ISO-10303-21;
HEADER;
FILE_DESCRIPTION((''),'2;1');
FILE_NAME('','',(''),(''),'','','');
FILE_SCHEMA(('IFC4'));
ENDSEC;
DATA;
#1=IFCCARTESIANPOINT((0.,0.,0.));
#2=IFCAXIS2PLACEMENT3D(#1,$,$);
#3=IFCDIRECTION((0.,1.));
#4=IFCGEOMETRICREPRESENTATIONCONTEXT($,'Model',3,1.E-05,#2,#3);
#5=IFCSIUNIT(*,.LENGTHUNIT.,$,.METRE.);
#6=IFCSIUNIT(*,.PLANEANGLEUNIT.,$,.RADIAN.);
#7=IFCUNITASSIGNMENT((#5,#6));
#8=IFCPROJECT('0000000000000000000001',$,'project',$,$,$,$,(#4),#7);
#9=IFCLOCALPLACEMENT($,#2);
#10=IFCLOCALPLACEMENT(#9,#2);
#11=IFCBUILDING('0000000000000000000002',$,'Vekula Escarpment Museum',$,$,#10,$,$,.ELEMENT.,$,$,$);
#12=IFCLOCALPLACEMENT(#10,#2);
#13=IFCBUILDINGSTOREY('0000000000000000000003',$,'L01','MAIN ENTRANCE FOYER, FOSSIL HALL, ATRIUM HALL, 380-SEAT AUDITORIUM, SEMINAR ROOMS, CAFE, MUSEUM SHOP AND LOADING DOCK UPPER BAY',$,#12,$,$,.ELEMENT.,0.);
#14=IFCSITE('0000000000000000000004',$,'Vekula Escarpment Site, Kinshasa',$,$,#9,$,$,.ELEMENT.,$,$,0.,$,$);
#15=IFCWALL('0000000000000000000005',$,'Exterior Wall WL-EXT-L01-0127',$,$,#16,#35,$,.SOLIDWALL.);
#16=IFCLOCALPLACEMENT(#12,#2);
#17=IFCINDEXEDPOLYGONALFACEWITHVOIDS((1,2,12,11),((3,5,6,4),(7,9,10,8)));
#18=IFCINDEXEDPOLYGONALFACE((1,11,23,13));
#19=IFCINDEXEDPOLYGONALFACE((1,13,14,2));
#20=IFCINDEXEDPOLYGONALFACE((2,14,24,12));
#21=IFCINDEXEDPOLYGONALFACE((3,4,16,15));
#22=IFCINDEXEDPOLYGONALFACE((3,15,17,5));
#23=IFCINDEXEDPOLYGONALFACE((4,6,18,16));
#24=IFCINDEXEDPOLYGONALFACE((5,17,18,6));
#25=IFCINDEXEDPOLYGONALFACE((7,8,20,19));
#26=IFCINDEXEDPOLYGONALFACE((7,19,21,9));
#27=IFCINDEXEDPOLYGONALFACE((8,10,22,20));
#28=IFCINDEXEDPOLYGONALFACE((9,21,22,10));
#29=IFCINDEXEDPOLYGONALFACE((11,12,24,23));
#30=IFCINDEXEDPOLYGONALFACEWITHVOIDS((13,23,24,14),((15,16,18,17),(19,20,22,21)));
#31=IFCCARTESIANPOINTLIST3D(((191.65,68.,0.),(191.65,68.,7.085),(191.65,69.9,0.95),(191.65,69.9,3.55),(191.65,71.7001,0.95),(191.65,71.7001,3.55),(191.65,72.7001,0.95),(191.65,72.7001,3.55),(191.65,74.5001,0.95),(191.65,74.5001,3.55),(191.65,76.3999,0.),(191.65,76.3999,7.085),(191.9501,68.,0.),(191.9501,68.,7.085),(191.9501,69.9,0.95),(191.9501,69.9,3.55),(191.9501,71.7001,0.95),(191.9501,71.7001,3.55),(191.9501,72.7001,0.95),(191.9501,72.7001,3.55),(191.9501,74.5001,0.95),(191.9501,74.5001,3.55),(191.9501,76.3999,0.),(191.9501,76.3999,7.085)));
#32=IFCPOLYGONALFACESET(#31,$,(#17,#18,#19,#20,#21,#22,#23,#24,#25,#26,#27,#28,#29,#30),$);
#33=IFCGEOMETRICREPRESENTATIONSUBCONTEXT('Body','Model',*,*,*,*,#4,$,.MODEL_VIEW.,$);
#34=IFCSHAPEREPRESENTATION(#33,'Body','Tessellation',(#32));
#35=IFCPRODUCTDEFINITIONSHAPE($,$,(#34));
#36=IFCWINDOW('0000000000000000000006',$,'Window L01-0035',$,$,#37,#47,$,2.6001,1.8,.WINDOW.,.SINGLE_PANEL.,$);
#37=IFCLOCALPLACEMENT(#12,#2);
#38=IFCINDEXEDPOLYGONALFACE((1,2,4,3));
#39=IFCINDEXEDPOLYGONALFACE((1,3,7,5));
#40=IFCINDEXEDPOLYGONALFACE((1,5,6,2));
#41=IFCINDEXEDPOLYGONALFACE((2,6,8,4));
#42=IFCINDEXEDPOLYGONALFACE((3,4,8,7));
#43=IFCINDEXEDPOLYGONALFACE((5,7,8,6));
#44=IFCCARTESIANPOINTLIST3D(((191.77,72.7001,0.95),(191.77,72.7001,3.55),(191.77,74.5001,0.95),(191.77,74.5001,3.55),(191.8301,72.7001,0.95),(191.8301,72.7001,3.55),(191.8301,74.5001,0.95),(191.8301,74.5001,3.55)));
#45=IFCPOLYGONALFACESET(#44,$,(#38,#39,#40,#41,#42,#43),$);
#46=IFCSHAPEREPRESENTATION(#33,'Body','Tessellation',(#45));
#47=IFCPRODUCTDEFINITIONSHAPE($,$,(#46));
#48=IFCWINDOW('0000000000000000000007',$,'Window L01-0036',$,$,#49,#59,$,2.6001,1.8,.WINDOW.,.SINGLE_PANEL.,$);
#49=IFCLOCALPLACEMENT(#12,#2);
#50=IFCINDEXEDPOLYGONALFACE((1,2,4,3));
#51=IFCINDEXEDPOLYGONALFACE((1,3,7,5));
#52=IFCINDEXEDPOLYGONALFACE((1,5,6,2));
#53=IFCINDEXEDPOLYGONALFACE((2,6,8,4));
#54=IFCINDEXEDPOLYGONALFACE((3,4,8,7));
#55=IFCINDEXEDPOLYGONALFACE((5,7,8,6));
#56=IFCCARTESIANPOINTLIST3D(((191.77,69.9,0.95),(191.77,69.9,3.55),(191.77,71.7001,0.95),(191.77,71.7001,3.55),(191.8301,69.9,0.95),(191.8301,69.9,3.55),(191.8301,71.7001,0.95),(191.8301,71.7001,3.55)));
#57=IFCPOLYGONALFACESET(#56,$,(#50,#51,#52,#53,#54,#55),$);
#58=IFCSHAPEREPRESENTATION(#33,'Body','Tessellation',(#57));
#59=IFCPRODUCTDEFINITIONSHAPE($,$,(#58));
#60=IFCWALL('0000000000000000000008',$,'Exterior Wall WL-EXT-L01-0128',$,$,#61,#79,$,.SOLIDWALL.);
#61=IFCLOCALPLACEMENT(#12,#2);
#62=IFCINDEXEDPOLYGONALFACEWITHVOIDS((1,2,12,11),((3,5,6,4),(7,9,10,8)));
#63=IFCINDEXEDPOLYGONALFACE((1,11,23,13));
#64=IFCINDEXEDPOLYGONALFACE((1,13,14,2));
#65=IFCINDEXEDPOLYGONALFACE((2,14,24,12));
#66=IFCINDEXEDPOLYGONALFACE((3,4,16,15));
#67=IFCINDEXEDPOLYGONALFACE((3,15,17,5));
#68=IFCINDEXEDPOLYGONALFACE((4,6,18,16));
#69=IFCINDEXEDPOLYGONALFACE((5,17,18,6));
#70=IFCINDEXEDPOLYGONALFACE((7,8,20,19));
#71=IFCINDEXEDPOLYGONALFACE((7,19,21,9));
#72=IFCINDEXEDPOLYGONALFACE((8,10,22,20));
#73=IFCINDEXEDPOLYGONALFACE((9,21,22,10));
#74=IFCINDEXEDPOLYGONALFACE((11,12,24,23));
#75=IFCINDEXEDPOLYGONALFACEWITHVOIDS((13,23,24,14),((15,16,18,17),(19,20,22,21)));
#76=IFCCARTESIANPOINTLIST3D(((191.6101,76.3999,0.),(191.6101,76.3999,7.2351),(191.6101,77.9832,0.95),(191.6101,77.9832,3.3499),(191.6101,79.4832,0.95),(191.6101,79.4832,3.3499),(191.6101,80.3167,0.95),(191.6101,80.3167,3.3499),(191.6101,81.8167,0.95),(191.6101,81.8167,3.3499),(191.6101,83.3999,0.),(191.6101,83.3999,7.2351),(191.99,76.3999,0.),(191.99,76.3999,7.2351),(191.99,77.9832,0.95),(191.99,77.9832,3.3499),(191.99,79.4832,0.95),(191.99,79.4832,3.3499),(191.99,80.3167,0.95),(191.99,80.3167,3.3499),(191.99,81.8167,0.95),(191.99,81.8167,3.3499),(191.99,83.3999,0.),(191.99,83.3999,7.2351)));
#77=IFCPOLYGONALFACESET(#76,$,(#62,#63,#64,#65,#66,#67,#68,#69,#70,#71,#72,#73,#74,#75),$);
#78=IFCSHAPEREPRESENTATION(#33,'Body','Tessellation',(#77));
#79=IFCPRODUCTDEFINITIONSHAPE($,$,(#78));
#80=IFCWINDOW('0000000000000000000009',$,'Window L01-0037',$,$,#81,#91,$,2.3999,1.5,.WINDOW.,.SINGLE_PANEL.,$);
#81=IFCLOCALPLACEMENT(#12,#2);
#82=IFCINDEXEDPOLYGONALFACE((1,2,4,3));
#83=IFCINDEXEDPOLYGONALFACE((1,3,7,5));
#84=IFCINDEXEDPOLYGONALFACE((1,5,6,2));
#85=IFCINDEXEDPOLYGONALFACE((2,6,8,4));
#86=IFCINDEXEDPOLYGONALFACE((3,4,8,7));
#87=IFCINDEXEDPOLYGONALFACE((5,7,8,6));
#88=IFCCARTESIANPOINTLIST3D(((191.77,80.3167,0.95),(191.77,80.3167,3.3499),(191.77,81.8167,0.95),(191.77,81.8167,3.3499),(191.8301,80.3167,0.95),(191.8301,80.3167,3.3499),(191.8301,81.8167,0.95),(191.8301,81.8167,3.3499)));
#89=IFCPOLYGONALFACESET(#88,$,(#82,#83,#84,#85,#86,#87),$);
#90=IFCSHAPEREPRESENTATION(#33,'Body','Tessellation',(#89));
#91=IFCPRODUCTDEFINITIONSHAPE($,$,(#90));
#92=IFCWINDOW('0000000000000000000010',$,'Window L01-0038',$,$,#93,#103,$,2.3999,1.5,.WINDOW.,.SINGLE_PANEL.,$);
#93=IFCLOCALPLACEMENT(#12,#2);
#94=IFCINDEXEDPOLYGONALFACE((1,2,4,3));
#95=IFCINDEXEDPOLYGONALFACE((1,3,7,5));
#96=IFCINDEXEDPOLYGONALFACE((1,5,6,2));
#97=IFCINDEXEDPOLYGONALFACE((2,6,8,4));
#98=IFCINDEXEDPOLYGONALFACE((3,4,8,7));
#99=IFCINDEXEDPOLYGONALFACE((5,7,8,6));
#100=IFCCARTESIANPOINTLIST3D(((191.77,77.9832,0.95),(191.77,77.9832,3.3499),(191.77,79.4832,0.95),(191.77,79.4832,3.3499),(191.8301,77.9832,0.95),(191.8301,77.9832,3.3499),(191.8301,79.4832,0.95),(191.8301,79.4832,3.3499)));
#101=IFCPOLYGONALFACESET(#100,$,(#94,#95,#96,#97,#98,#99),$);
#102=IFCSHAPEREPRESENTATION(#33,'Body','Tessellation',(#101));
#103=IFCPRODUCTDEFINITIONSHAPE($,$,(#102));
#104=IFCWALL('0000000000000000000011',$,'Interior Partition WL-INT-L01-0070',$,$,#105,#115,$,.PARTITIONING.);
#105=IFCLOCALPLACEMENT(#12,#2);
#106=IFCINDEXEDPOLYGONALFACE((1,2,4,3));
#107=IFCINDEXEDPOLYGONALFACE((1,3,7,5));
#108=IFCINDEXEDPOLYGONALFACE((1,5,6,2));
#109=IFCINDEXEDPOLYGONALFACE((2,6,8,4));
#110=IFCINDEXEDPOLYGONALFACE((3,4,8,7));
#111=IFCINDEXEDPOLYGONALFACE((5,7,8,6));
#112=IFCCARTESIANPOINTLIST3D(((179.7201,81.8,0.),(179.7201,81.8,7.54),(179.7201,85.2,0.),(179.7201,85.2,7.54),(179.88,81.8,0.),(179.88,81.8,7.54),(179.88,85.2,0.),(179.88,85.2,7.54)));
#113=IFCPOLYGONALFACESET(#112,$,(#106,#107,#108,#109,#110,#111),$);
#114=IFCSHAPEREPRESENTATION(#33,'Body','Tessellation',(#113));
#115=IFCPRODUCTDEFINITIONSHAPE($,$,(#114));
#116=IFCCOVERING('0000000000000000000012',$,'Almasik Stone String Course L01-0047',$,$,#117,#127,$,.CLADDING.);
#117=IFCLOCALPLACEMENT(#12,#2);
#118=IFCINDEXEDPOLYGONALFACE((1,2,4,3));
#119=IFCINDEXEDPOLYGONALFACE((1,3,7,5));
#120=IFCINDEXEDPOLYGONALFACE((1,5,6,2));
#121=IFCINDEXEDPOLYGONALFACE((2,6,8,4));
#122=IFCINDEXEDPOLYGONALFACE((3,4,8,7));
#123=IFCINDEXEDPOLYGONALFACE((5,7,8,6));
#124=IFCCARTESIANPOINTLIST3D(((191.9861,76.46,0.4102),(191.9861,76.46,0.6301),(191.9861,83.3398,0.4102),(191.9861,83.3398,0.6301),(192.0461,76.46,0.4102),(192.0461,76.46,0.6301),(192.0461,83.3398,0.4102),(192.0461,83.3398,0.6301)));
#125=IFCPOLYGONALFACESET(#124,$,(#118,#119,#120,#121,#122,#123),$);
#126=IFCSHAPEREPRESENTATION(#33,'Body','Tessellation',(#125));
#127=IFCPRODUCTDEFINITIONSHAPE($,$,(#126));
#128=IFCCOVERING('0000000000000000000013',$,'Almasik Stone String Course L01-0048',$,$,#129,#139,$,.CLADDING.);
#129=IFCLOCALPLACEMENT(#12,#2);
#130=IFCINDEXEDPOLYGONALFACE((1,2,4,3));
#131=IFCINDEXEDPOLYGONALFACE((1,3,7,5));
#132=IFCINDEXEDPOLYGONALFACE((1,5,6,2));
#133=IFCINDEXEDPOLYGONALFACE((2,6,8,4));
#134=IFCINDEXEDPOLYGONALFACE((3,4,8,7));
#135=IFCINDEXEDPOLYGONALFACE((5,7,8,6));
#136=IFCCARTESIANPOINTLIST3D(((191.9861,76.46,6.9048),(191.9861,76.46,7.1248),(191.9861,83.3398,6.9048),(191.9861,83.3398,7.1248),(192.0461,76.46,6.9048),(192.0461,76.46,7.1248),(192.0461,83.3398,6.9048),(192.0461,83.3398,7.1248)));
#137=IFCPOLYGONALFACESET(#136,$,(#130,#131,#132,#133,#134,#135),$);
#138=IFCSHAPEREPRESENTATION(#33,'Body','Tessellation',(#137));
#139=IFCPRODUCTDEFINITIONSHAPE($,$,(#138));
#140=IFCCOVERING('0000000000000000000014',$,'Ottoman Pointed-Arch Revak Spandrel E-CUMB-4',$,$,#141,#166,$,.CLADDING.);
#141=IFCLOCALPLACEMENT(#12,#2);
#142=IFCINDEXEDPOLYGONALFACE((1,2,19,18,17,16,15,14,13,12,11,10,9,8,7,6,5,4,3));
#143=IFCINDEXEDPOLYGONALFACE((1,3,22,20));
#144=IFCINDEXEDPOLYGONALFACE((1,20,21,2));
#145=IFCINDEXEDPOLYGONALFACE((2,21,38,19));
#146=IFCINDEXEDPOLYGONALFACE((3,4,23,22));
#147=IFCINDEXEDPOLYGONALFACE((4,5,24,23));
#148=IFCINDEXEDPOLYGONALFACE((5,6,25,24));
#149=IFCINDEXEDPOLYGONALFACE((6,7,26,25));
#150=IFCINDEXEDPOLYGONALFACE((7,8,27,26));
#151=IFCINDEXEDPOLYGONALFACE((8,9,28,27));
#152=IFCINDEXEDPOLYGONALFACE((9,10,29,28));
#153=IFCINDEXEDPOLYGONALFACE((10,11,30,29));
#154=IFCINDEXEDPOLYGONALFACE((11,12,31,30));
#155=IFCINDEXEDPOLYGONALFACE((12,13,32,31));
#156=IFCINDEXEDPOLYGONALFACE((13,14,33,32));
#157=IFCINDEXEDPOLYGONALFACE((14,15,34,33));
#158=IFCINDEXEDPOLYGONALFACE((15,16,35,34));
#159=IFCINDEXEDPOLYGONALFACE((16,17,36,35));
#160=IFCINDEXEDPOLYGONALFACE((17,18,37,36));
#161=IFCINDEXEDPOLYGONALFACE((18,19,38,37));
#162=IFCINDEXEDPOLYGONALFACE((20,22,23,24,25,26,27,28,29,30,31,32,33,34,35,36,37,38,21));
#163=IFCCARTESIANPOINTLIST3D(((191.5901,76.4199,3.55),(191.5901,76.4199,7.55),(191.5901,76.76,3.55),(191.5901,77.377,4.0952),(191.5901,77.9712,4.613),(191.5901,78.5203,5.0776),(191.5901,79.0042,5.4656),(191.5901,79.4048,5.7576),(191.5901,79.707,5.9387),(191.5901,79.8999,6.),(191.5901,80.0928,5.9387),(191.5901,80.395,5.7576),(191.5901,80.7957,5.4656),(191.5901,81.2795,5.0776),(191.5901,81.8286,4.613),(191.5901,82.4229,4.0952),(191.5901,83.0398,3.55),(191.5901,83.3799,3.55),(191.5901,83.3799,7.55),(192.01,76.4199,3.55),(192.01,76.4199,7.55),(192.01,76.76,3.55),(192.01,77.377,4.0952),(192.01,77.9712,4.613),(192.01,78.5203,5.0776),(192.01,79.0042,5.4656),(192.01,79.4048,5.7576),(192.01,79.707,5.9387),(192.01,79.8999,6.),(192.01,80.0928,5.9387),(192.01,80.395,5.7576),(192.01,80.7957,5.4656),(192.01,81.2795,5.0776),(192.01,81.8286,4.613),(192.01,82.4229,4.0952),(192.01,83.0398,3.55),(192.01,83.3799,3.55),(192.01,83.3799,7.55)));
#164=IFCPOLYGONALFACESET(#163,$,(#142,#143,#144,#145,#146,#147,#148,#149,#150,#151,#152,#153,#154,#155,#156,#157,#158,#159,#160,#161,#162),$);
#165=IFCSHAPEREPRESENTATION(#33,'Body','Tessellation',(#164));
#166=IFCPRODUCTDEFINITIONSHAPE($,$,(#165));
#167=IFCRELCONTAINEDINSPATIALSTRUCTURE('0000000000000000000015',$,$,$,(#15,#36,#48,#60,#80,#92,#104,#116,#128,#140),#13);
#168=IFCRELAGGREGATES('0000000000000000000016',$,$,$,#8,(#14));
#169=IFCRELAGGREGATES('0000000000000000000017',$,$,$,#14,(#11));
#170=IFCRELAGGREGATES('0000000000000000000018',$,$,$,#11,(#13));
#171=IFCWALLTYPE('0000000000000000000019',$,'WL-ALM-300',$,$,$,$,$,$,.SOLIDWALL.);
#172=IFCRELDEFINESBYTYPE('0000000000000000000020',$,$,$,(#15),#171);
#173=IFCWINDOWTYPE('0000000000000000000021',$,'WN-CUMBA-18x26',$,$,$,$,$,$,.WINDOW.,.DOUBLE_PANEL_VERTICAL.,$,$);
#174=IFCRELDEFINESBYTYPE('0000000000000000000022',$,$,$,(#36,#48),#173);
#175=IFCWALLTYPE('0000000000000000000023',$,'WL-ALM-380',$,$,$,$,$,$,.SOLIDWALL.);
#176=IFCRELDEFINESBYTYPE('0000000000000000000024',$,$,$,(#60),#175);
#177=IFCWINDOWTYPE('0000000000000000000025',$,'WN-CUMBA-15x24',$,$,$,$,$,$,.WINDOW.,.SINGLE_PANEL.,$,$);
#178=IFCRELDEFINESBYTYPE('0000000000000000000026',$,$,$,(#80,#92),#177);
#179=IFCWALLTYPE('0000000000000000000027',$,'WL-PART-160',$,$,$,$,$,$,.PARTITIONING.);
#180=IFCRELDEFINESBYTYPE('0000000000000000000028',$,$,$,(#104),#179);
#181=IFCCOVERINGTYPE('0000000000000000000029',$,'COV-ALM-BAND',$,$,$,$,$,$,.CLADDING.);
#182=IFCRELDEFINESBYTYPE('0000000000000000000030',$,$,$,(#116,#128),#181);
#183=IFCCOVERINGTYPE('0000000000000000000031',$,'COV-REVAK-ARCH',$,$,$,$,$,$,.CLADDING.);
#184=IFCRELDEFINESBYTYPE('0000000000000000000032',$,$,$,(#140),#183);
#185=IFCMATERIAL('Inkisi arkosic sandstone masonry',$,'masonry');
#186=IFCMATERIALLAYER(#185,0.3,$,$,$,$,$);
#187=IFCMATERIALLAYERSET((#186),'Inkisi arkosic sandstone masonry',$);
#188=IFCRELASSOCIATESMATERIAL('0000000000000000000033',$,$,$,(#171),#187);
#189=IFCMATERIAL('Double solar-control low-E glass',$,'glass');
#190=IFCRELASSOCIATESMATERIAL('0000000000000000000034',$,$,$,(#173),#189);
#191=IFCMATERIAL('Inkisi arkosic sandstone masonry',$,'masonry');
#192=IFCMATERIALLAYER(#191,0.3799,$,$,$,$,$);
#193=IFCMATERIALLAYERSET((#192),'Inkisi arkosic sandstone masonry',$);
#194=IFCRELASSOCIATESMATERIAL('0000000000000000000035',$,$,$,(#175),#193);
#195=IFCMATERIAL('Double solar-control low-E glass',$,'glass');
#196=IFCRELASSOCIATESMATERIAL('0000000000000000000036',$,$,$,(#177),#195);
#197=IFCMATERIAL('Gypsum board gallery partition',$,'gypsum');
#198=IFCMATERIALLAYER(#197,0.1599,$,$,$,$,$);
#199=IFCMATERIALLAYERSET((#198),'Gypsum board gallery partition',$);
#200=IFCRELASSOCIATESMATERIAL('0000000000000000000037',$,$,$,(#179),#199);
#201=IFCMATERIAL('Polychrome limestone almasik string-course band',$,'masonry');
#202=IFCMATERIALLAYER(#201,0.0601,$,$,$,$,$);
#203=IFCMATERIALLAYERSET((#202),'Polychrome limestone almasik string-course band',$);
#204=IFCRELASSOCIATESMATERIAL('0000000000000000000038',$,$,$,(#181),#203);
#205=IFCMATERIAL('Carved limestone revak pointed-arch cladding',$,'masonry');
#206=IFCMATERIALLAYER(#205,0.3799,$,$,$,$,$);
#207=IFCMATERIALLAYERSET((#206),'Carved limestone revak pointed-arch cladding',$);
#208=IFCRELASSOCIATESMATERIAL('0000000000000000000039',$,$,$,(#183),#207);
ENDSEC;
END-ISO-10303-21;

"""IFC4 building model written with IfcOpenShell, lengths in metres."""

from ifc_helpers import new_model, si_unit, direction, frame, frame_2d, origin, origin_2d, place, context, subcontext, project, spatial, polyline, rectangle, outline, extrude, material, layer, layer_set, type_object, element, fill, save


model = new_model("IFC4")

# Units and contexts
model_context = context("Model", 3, precision=1e-05, world=origin(), true_north=direction((0.0, 1.0)))
body_context = subcontext(model_context, "Body", "Model", "MODEL_VIEW")
ifc_project = project(units=[si_unit("LENGTHUNIT", "METRE"), si_unit("PLANEANGLEUNIT", "RADIAN")], contexts=[model_context])

# Site, building, storey
site_placement = place(None, origin())
site = spatial("IfcSite", under=ifc_project, at=site_placement, Name="Vekula Escarpment Site, Kinshasa", CompositionType="ELEMENT", RefElevation=0.0)
building_placement = place(site_placement, origin())
building = spatial("IfcBuilding", under=site, at=building_placement, Name="Vekula Escarpment Museum", CompositionType="ELEMENT")
storey_placement = place(building_placement, origin())
storey = spatial("IfcBuildingStorey", under=building, at=storey_placement, Name="L01", Description="MAIN ENTRANCE FOYER, FOSSIL HALL, ATRIUM HALL, 380-SEAT AUDITORIUM, SEMINAR ROOMS, CAFE, MUSEUM SHOP AND LOADING DOCK UPPER BAY", CompositionType="ELEMENT", Elevation=0.0)

# Walls, openings, windows
ifc_material_1 = material(Name="Inkisi arkosic sandstone masonry", Category="masonry")
ifc_layer_1 = layer(ifc_material_1, 0.3)
ifc_layer_set_1 = layer_set([ifc_layer_1], Name="Inkisi arkosic sandstone masonry")
wall_type_1 = type_object("IfcWallType", Name="WL-ALM-300", PredefinedType="SOLIDWALL", material=ifc_layer_set_1)
wall_1_placement = place(storey_placement, frame((191.8, 76.3999, 0.0), z_axis=(0.0, 0.0, 1.0), x_axis=(0.0, -1.0, 0.0)))
wall_1 = element("IfcWall", 1, at=wall_1_placement, inside=storey, type_object=wall_type_1, Name="Exterior Wall WL-EXT-L01-0127", PredefinedType="SOLIDWALL", context=body_context, shape_type="SweptSolid", body=[
    extrude(rectangle(XDim=8.3999, YDim=0.3, at=frame_2d((4.2, 0.0))), origin(), (0.0, 0.0, 1.0), 7.085),
])
opening_1_placement = place(wall_1_placement, frame((1.8999, 0.0, 0.95)))
opening_1 = element("IfcOpeningElement", 2, at=opening_1_placement, cuts=wall_1, PredefinedType="OPENING", context=body_context, shape_type="SweptSolid", body=[
    extrude(rectangle(XDim=1.8, YDim=2.6001, at=frame_2d((0.8999, 1.3))), frame((0.0, 0.1599, 0.0), z_axis=(0.0, -1.0, 0.0), x_axis=(1.0, 0.0, 0.0)), (0.0, 0.0, 1.0), 0.3201),
])
opening_2_placement = place(wall_1_placement, frame((4.7, 0.0, 0.95)))
opening_2 = element("IfcOpeningElement", 3, at=opening_2_placement, cuts=wall_1, PredefinedType="OPENING", context=body_context, shape_type="SweptSolid", body=[
    extrude(rectangle(XDim=1.8, YDim=2.6001, at=frame_2d((0.8999, 1.3))), frame((0.0, 0.1599, 0.0), z_axis=(0.0, -1.0, 0.0), x_axis=(1.0, 0.0, 0.0)), (0.0, 0.0, 1.0), 0.3201),
])
ifc_material_2 = material(Name="Double solar-control low-E glass", Category="glass")
window_type_1 = type_object("IfcWindowType", Name="WN-CUMBA-18x26", PartitioningType="DOUBLE_PANEL_VERTICAL", PredefinedType="WINDOW", material=ifc_material_2)
window_1_placement = place(opening_1_placement, origin())
window_1 = element("IfcWindow", 4, at=window_1_placement, inside=storey, type_object=window_type_1, Name="Window L01-0035", OverallHeight=2.6001, OverallWidth=1.8, PartitioningType="SINGLE_PANEL", PredefinedType="WINDOW", context=body_context, shape_type="SweptSolid", body=[
    extrude(rectangle(XDim=1.8, YDim=2.6001, at=frame_2d((0.8999, 1.3))), frame((0.0, 0.03, 0.0), z_axis=(0.0, -1.0, 0.0), x_axis=(1.0, 0.0, 0.0)), (0.0, 0.0, 1.0), 0.0601),
])
fill(opening_1, window_1)
window_2_placement = place(opening_2_placement, origin())
window_2 = element("IfcWindow", 5, at=window_2_placement, inside=storey, type_object=window_type_1, Name="Window L01-0036", OverallHeight=2.6001, OverallWidth=1.8, PartitioningType="SINGLE_PANEL", PredefinedType="WINDOW", context=body_context, shape_type="SweptSolid", body=[
    extrude(rectangle(XDim=1.8, YDim=2.6001, at=frame_2d((0.8999, 1.3))), frame((0.0, 0.03, 0.0), z_axis=(0.0, -1.0, 0.0), x_axis=(1.0, 0.0, 0.0)), (0.0, 0.0, 1.0), 0.0601),
])
fill(opening_2, window_2)
ifc_material_3 = material(Name="Inkisi arkosic sandstone masonry", Category="masonry")
ifc_layer_2 = layer(ifc_material_3, 0.3799)
ifc_layer_set_2 = layer_set([ifc_layer_2], Name="Inkisi arkosic sandstone masonry")
wall_type_2 = type_object("IfcWallType", Name="WL-ALM-380", PredefinedType="SOLIDWALL", material=ifc_layer_set_2)
wall_2_placement = place(storey_placement, frame((191.8, 83.3999, 0.0), z_axis=(0.0, 0.0, 1.0), x_axis=(0.0, -1.0, 0.0)))
wall_2 = element("IfcWall", 6, at=wall_2_placement, inside=storey, type_object=wall_type_2, Name="Exterior Wall WL-EXT-L01-0128", PredefinedType="SOLIDWALL", context=body_context, shape_type="SweptSolid", body=[
    extrude(rectangle(XDim=7.0, YDim=0.3799, at=frame_2d((3.5, 0.0))), origin(), (0.0, 0.0, 1.0), 7.2351),
])
opening_3_placement = place(wall_2_placement, frame((1.5833, 0.0, 0.95)))
opening_3 = element("IfcOpeningElement", 7, at=opening_3_placement, cuts=wall_2, PredefinedType="OPENING", context=body_context, shape_type="SweptSolid", body=[
    extrude(rectangle(XDim=1.5, YDim=2.3999, at=frame_2d((0.75, 1.2))), frame((0.0, 0.2, 0.0), z_axis=(0.0, -1.0, 0.0), x_axis=(1.0, 0.0, 0.0)), (0.0, 0.0, 1.0), 0.3999),
])
opening_4_placement = place(wall_2_placement, frame((3.9167, 0.0, 0.95)))
opening_4 = element("IfcOpeningElement", 8, at=opening_4_placement, cuts=wall_2, PredefinedType="OPENING", context=body_context, shape_type="SweptSolid", body=[
    extrude(rectangle(XDim=1.5, YDim=2.3999, at=frame_2d((0.75, 1.2))), frame((0.0, 0.2, 0.0), z_axis=(0.0, -1.0, 0.0), x_axis=(1.0, 0.0, 0.0)), (0.0, 0.0, 1.0), 0.3999),
])
ifc_material_4 = material(Name="Double solar-control low-E glass", Category="glass")
window_type_2 = type_object("IfcWindowType", Name="WN-CUMBA-15x24", PartitioningType="SINGLE_PANEL", PredefinedType="WINDOW", material=ifc_material_4)
window_3_placement = place(opening_3_placement, origin())
window_3 = element("IfcWindow", 9, at=window_3_placement, inside=storey, type_object=window_type_2, Name="Window L01-0037", OverallHeight=2.3999, OverallWidth=1.5, PartitioningType="SINGLE_PANEL", PredefinedType="WINDOW", context=body_context, shape_type="SweptSolid", body=[
    extrude(rectangle(XDim=1.5, YDim=2.3999, at=frame_2d((0.75, 1.2))), frame((0.0, 0.03, 0.0), z_axis=(0.0, -1.0, 0.0), x_axis=(1.0, 0.0, 0.0)), (0.0, 0.0, 1.0), 0.0601),
])
fill(opening_3, window_3)
window_4_placement = place(opening_4_placement, origin())
window_4 = element("IfcWindow", 10, at=window_4_placement, inside=storey, type_object=window_type_2, Name="Window L01-0038", OverallHeight=2.3999, OverallWidth=1.5, PartitioningType="SINGLE_PANEL", PredefinedType="WINDOW", context=body_context, shape_type="SweptSolid", body=[
    extrude(rectangle(XDim=1.5, YDim=2.3999, at=frame_2d((0.75, 1.2))), frame((0.0, 0.03, 0.0), z_axis=(0.0, -1.0, 0.0), x_axis=(1.0, 0.0, 0.0)), (0.0, 0.0, 1.0), 0.0601),
])
fill(opening_4, window_4)

# Wall
ifc_material_5 = material(Name="Gypsum board gallery partition", Category="gypsum")
ifc_layer_3 = layer(ifc_material_5, 0.1599)
ifc_layer_set_3 = layer_set([ifc_layer_3], Name="Gypsum board gallery partition")
wall_type_3 = type_object("IfcWallType", Name="WL-PART-160", PredefinedType="PARTITIONING", material=ifc_layer_set_3)
wall_3_placement = place(storey_placement, frame((179.8, 81.8, 0.0), z_axis=(0.0, 0.0, 1.0), x_axis=(0.0, 1.0, 0.0)))
element("IfcWall", 11, at=wall_3_placement, inside=storey, type_object=wall_type_3, Name="Interior Partition WL-INT-L01-0070", PredefinedType="PARTITIONING", context=body_context, shape_type="SweptSolid", body=[
    extrude(rectangle(XDim=3.3999, YDim=0.1599, at=frame_2d((1.7, 0.0))), origin(), (0.0, 0.0, 1.0), 7.54),
])

# Coverings
ifc_material_6 = material(Name="Polychrome limestone almasik string-course band", Category="masonry")
ifc_layer_4 = layer(ifc_material_6, 0.0601)
ifc_layer_set_4 = layer_set([ifc_layer_4], Name="Polychrome limestone almasik string-course band")
covering_type_1 = type_object("IfcCoveringType", Name="COV-ALM-BAND", PredefinedType="CLADDING", material=ifc_layer_set_4)
for number, where, z_axis, x_axis, name in (
    (12, (192.0161, 79.8999, 0.4102), (0.0, 0.0, 1.0), (0.0, 1.0, 0.0), "Almasik Stone String Course L01-0047"),
    (13, (192.0161, 79.8999, 6.9048), (0.0, 0.0, 1.0), (0.0, 1.0, 0.0), "Almasik Stone String Course L01-0048"),
):
    element("IfcCovering", number, at=place(storey_placement, frame(where, z_axis=z_axis, x_axis=x_axis)), inside=storey, type_object=covering_type_1, Name=name, PredefinedType="CLADDING", context=body_context, shape_type="SweptSolid", body=[
        extrude(rectangle(XDim=6.8799, YDim=0.0601, at=origin_2d()), origin(), (0.0, 0.0, 1.0), 0.22),
    ])
ifc_material_7 = material(Name="Carved limestone revak pointed-arch cladding", Category="masonry")
ifc_layer_5 = layer(ifc_material_7, 0.3799)
ifc_layer_set_5 = layer_set([ifc_layer_5], Name="Carved limestone revak pointed-arch cladding")
covering_type_2 = type_object("IfcCoveringType", Name="COV-REVAK-ARCH", PredefinedType="CLADDING", material=ifc_layer_set_5)
covering_placement = place(storey_placement, frame((191.5901, 79.8999, 3.55), z_axis=(1.0, 0.0, 0.0), x_axis=(0.0, 1.0, 0.0)))
element("IfcCovering", 14, at=covering_placement, inside=storey, type_object=covering_type_2, Name="Ottoman Pointed-Arch Revak Spandrel E-CUMB-4", PredefinedType="CLADDING", context=body_context, shape_type="SweptSolid", body=[
    extrude(outline(polyline([(-3.48, 4.0), (3.48, 4.0), (3.48, 0.0), (3.1399, 0.0), (2.5229, 0.5452), (1.9287, 1.063), (1.3796, 1.5276), (0.8958, 1.9155), (0.4951, 2.2075), (0.1929, 2.3887), (0.0, 2.45), (-0.1929, 2.3887), (-0.4951, 2.2075), (-0.8958, 1.9155), (-1.3796, 1.5276), (-1.9287, 1.063), (-2.5229, 0.5452), (-3.1399, 0.0), (-3.48, 0.0), (-3.48, 4.0)])), origin(), (0.0, 0.0, 1.0), 0.4199),
])

save(model, "model.ifc")
